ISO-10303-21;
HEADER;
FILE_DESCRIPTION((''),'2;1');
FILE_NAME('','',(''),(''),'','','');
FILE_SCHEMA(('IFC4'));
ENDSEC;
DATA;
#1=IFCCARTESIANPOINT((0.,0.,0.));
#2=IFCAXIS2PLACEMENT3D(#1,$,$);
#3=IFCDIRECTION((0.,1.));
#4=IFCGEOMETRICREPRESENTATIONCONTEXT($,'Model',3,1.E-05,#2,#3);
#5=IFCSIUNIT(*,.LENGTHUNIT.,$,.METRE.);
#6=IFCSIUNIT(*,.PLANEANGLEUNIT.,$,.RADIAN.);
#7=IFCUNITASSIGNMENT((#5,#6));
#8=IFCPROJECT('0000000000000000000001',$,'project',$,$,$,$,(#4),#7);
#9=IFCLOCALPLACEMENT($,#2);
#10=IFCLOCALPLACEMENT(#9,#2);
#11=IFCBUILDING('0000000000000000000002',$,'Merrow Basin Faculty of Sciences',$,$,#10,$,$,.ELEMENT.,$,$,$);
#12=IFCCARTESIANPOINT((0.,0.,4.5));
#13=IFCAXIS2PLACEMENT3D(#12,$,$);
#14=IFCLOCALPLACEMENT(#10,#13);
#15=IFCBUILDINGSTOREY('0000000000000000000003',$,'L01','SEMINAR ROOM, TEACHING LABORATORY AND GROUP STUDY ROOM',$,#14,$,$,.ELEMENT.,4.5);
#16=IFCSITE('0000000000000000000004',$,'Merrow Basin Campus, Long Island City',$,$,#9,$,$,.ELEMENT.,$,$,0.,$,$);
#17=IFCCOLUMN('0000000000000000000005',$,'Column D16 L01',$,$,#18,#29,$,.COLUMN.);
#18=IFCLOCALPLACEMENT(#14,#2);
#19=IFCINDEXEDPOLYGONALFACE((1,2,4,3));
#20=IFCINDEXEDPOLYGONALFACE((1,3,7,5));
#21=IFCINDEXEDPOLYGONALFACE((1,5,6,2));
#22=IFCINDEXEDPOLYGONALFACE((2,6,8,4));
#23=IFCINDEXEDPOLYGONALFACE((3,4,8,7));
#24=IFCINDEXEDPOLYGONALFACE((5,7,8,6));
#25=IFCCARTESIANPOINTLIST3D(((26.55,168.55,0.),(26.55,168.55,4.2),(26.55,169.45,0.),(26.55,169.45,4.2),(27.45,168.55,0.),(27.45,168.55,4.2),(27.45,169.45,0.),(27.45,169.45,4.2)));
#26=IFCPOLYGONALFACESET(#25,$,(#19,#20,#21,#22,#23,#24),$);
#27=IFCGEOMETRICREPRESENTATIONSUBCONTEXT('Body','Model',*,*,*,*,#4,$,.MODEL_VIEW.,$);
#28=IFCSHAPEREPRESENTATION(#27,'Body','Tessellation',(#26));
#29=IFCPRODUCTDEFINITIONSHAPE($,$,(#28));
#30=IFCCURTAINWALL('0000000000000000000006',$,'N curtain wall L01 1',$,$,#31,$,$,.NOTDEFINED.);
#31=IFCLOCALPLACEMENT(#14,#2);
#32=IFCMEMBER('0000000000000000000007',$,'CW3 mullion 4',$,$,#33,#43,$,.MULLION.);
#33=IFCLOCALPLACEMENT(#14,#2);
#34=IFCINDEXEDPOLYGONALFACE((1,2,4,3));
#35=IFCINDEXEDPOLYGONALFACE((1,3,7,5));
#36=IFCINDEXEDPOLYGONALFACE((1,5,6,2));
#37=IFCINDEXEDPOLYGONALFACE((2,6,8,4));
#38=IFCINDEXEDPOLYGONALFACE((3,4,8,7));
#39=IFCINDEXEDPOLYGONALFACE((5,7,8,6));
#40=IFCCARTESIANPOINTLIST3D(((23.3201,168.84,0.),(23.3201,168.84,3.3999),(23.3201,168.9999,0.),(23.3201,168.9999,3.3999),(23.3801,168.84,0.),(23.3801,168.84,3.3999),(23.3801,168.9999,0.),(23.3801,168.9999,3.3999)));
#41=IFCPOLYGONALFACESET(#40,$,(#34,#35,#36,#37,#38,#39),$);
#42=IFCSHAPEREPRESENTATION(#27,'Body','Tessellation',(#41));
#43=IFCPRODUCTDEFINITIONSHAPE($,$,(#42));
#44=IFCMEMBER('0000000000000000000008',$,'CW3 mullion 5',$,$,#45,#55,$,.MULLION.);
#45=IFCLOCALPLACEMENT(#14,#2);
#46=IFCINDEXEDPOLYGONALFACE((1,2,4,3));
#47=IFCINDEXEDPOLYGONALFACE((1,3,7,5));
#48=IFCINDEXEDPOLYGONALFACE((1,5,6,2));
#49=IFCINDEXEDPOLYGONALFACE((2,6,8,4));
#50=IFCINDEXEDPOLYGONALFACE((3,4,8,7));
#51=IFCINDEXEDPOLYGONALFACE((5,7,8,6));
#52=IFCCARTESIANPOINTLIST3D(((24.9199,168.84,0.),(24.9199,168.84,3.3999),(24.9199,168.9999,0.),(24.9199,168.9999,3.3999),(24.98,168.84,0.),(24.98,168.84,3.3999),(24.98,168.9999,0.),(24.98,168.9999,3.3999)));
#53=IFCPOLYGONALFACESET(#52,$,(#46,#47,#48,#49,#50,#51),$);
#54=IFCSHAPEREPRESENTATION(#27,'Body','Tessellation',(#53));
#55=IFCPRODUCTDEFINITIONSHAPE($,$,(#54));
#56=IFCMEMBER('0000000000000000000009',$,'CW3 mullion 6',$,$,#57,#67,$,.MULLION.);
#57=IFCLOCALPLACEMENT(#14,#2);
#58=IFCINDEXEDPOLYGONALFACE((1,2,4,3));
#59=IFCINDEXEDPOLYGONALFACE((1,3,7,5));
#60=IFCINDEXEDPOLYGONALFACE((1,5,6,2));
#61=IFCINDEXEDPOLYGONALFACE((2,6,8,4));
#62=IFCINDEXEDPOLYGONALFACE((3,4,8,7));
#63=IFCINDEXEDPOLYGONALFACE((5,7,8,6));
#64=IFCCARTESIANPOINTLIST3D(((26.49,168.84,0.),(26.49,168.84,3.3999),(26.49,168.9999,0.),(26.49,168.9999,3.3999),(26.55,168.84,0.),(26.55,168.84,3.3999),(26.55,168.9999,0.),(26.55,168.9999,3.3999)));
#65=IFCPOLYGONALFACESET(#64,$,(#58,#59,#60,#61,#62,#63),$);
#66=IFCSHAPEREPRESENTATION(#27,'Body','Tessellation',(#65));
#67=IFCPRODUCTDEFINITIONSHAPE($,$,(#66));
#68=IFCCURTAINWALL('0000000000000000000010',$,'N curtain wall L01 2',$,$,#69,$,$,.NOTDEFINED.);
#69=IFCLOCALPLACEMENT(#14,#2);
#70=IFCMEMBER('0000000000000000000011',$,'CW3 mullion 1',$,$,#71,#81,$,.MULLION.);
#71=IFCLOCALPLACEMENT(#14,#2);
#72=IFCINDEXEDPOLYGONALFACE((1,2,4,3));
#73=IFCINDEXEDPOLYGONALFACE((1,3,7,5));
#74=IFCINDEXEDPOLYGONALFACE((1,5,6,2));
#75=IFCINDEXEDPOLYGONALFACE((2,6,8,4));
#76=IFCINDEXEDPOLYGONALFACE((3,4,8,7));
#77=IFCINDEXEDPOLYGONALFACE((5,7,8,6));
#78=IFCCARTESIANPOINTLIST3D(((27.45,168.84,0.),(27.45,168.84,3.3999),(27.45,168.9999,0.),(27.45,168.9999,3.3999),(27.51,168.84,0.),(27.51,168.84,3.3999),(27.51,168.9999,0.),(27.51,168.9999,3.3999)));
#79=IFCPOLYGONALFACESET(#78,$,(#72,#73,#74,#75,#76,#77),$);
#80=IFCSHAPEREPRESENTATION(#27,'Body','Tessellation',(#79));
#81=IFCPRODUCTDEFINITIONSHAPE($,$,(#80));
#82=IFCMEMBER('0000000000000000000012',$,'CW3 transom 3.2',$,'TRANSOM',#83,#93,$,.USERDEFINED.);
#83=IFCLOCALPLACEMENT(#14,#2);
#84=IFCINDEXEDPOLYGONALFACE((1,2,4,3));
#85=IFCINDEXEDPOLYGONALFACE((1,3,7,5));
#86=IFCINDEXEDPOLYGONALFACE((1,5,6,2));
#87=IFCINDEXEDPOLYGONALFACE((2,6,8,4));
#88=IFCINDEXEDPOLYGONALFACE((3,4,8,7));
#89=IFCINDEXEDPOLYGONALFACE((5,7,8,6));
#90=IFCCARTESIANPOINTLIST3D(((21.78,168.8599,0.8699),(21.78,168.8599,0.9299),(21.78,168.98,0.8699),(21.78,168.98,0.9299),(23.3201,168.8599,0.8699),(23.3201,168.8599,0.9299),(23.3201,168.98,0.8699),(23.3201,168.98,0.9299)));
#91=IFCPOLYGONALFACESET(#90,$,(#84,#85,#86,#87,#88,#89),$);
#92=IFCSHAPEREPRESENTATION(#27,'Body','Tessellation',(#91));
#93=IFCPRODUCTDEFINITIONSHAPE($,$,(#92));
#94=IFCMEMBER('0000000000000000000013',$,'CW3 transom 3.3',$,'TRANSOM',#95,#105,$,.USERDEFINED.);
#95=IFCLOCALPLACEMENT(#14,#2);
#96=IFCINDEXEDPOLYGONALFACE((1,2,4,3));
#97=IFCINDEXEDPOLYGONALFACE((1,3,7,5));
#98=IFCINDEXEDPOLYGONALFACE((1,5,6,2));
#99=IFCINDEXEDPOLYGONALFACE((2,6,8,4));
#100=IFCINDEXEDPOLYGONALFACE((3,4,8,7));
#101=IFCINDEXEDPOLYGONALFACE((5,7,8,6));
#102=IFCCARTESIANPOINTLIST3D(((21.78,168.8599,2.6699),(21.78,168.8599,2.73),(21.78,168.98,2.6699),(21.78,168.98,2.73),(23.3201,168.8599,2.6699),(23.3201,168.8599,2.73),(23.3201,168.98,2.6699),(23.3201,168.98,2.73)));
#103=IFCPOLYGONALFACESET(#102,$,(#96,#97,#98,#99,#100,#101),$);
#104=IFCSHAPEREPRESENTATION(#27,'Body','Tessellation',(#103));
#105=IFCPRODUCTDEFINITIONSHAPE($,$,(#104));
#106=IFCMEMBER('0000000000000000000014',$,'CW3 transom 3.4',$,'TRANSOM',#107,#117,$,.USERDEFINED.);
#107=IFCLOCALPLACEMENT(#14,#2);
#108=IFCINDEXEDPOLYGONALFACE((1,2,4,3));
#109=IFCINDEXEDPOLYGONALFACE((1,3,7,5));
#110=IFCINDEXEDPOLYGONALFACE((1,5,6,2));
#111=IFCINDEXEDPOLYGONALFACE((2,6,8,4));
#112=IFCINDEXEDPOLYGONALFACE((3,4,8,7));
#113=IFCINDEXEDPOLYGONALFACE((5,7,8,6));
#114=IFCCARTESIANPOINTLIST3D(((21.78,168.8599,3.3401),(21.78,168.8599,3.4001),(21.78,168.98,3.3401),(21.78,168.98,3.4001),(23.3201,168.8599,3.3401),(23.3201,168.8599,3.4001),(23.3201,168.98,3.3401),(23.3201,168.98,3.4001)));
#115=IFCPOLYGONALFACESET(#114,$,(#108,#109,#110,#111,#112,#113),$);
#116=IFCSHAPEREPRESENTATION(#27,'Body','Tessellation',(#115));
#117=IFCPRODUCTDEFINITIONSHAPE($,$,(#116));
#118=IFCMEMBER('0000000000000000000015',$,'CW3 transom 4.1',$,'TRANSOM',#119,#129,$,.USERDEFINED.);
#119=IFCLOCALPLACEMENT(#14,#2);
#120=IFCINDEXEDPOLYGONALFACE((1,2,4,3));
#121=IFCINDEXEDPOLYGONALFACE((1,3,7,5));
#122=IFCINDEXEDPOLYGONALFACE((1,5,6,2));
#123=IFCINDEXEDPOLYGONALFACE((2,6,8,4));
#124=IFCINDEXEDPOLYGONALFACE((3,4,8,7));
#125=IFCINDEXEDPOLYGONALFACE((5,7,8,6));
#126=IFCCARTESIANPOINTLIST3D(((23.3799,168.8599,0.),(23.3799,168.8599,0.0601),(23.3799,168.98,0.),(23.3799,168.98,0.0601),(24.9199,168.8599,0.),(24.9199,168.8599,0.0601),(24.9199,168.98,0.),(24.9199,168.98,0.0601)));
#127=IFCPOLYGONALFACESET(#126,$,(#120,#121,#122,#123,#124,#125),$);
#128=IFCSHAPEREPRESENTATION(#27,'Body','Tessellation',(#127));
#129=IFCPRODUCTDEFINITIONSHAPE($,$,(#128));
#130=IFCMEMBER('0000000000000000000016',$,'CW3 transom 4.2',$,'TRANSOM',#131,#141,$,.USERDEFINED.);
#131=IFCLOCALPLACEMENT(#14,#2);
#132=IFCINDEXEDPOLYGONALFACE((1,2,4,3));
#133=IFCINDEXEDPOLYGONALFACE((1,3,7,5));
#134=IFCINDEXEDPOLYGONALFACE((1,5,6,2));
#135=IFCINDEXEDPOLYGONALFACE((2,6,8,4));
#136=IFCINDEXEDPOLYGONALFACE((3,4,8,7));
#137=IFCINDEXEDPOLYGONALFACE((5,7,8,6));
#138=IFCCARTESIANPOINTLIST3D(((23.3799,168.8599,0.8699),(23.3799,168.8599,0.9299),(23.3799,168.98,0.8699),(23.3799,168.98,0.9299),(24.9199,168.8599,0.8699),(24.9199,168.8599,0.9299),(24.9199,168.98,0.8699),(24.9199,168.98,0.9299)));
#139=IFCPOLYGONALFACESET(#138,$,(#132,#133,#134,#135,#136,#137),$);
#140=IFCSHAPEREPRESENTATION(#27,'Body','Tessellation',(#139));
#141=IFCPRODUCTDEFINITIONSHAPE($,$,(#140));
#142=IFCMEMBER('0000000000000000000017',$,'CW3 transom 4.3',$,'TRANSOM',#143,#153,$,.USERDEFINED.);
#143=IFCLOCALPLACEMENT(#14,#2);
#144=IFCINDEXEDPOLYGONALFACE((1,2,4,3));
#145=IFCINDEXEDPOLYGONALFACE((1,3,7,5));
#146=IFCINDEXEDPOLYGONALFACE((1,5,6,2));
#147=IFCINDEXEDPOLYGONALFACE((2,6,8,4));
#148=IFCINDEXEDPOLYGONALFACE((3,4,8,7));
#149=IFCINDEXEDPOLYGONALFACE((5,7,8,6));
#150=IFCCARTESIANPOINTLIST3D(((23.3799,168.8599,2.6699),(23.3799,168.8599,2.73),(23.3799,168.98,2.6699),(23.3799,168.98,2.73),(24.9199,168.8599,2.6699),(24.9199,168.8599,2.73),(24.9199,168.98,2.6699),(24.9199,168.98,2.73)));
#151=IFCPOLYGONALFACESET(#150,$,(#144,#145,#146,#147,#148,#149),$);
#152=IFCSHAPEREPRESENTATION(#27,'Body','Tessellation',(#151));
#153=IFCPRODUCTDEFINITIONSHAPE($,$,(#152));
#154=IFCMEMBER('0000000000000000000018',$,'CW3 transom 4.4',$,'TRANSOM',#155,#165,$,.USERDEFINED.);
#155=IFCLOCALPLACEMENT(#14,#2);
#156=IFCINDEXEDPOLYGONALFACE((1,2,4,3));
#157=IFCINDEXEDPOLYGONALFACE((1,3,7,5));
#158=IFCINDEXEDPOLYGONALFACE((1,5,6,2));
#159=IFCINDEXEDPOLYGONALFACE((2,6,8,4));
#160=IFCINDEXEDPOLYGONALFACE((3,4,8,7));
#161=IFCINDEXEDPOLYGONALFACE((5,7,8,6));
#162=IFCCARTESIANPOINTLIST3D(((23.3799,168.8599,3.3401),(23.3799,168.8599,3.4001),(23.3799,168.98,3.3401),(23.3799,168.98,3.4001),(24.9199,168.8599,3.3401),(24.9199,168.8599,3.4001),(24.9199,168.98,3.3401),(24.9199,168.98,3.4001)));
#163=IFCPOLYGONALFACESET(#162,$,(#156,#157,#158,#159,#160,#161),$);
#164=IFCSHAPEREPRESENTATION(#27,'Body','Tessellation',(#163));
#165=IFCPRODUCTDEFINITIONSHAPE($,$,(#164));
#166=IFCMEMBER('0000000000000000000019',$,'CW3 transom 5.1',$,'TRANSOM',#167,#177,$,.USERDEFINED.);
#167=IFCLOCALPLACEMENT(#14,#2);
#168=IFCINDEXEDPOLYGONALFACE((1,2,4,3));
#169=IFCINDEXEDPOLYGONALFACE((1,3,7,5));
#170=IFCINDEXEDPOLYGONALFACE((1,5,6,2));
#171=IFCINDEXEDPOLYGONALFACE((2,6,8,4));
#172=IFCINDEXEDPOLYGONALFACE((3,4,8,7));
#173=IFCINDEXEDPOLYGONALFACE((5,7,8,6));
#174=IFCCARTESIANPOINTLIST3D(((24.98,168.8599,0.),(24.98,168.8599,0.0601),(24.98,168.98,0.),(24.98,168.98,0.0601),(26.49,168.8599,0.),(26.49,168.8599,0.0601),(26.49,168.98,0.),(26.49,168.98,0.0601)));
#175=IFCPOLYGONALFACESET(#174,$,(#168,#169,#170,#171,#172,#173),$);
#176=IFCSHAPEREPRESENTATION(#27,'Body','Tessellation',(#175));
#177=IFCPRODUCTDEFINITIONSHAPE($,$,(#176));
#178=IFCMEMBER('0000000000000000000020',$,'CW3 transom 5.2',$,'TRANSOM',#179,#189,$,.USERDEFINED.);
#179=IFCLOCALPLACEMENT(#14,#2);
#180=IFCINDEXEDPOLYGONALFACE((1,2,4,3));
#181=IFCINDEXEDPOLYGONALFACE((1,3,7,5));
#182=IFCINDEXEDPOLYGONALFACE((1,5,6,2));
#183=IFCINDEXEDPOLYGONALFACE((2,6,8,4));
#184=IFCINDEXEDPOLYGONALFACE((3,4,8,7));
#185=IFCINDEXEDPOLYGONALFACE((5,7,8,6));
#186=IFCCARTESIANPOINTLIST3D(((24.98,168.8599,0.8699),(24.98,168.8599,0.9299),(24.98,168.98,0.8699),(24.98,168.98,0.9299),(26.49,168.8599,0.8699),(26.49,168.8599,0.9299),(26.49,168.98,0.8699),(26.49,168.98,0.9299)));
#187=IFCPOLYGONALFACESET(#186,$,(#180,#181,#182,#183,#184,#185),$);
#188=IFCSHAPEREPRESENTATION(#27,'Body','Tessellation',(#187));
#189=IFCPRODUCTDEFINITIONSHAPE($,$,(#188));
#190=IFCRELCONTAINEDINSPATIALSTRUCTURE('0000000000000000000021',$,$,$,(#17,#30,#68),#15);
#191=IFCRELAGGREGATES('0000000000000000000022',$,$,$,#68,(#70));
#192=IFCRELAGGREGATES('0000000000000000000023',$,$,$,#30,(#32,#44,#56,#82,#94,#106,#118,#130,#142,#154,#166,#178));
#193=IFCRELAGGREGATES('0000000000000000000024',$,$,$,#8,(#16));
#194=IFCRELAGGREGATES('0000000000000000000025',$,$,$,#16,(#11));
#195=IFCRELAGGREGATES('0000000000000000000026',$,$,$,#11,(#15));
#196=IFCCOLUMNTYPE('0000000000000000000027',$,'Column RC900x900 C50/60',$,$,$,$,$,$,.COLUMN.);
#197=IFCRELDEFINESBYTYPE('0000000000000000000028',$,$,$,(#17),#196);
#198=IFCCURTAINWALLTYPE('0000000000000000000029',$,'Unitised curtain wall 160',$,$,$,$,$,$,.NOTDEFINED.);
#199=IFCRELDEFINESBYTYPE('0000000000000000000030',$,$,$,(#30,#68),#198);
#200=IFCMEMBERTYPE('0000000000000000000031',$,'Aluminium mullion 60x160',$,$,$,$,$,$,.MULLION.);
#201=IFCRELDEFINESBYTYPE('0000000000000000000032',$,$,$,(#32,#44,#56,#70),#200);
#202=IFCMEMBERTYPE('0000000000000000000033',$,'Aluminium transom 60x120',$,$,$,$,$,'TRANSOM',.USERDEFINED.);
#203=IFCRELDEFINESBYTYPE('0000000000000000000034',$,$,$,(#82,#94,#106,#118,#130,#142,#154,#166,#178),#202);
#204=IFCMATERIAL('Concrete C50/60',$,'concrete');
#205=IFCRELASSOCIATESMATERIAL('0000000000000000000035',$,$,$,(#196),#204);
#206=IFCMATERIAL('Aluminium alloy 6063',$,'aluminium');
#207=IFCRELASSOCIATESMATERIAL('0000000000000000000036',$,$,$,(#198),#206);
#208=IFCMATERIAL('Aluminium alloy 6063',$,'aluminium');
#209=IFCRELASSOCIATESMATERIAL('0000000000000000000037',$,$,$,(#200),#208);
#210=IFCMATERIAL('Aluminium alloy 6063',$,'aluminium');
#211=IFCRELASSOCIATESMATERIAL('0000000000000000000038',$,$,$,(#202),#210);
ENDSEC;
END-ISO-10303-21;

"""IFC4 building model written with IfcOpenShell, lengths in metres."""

from ifc_helpers import new_model, si_unit, direction, frame, origin, origin_2d, place, context, subcontext, project, spatial, rectangle, extrude, material, material_profile, profile_set, type_object, element, aggregate, save


model = new_model("IFC4")

# Units and contexts
model_context = context("Model", 3, precision=1e-05, world=origin(), true_north=direction((0.0, 1.0)))
body_context = subcontext(model_context, "Body", "Model", "MODEL_VIEW")
ifc_project = project(units=[si_unit("LENGTHUNIT", "METRE"), si_unit("PLANEANGLEUNIT", "RADIAN")], contexts=[model_context])

# Site, building, storey
site_placement = place(None, origin())
site = spatial("IfcSite", under=ifc_project, at=site_placement, Name="Merrow Basin Campus, Long Island City", CompositionType="ELEMENT", RefElevation=0.0)
building_placement = place(site_placement, origin())
building = spatial("IfcBuilding", under=site, at=building_placement, Name="Merrow Basin Faculty of Sciences", CompositionType="ELEMENT")
storey_placement = place(building_placement, frame((0.0, 0.0, 4.5)))
storey = spatial("IfcBuildingStorey", under=building, at=storey_placement, Name="L01", Description="SEMINAR ROOM, TEACHING LABORATORY AND GROUP STUDY ROOM", CompositionType="ELEMENT", Elevation=4.5)

# Column
ifc_material_1 = material(Name="Concrete C50/60", Category="concrete")
ifc_material_profile_1 = material_profile(ifc_material_1, rectangle(XDim=0.8999, YDim=0.8999, at=origin_2d()))
ifc_profile_set_1 = profile_set([ifc_material_profile_1], Name="Concrete C50/60")
column_type = type_object("IfcColumnType", Name="Column RC900x900 C50/60", PredefinedType="COLUMN", material=ifc_profile_set_1)
column_placement = place(storey_placement, frame((27.0, 169.0, 0.0), z_axis=(0.0, 0.0, 1.0), x_axis=(1.0, 0.0, 0.0)))
element("IfcColumn", 1, at=column_placement, inside=storey, type_object=column_type, Name="Column D16 L01", PredefinedType="COLUMN", context=body_context, shape_type="SweptSolid", body=[
    extrude(rectangle(XDim=0.8999, YDim=0.8999, at=origin_2d()), origin(), (0.0, 0.0, 1.0), 4.2),
])

# Curtain wall, members
ifc_material_2 = material(Name="Aluminium alloy 6063", Category="aluminium")
curtain_wall_type = type_object("IfcCurtainWallType", Name="Unitised curtain wall 160", PredefinedType="NOTDEFINED", material=ifc_material_2)
curtain_wall_1_placement = place(storey_placement, origin())
curtain_wall_1 = element("IfcCurtainWall", 2, at=curtain_wall_1_placement, inside=storey, type_object=curtain_wall_type, Name="N curtain wall L01 1", PredefinedType="NOTDEFINED")
ifc_material_3 = material(Name="Aluminium alloy 6063", Category="aluminium")
ifc_material_profile_2 = material_profile(ifc_material_3, rectangle(XDim=0.1599, YDim=0.0601, at=origin_2d()))
ifc_profile_set_2 = profile_set([ifc_material_profile_2], Name="Aluminium alloy 6063")
member_type_1 = type_object("IfcMemberType", Name="Aluminium mullion 60x160", PredefinedType="MULLION", material=ifc_profile_set_2)
member_1_placement = place(storey_placement, frame((23.3501, 168.9199, 0.0), z_axis=(0.0, 0.0, 1.0), x_axis=(0.0, 1.0, 0.0)))
member_1 = element("IfcMember", 3, at=member_1_placement, type_object=member_type_1, Name="CW3 mullion 4", PredefinedType="MULLION", context=body_context, shape_type="SweptSolid", body=[
    extrude(rectangle(XDim=0.1599, YDim=0.0601, at=origin_2d()), origin(), (0.0, 0.0, 1.0), 3.3999),
])
member_2_placement = place(storey_placement, frame((24.95, 168.9199, 0.0), z_axis=(0.0, 0.0, 1.0), x_axis=(0.0, 1.0, 0.0)))
member_2 = element("IfcMember", 4, at=member_2_placement, type_object=member_type_1, Name="CW3 mullion 5", PredefinedType="MULLION", context=body_context, shape_type="SweptSolid", body=[
    extrude(rectangle(XDim=0.1599, YDim=0.0601, at=origin_2d()), origin(), (0.0, 0.0, 1.0), 3.3999),
])
member_3_placement = place(storey_placement, frame((26.52, 168.9199, 0.0), z_axis=(0.0, 0.0, 1.0), x_axis=(0.0, 1.0, 0.0)))
member_3 = element("IfcMember", 5, at=member_3_placement, type_object=member_type_1, Name="CW3 mullion 6", PredefinedType="MULLION", context=body_context, shape_type="SweptSolid", body=[
    extrude(rectangle(XDim=0.1599, YDim=0.0601, at=origin_2d()), origin(), (0.0, 0.0, 1.0), 3.3999),
])

# Curtain wall, member
curtain_wall_2_placement = place(storey_placement, origin())
curtain_wall_2 = element("IfcCurtainWall", 6, at=curtain_wall_2_placement, inside=storey, type_object=curtain_wall_type, Name="N curtain wall L01 2", PredefinedType="NOTDEFINED")
member_4_placement = place(storey_placement, frame((27.48, 168.9199, 0.0), z_axis=(0.0, 0.0, 1.0), x_axis=(0.0, 1.0, 0.0)))
member_4 = element("IfcMember", 7, at=member_4_placement, type_object=member_type_1, Name="CW3 mullion 1", PredefinedType="MULLION", context=body_context, shape_type="SweptSolid", body=[
    extrude(rectangle(XDim=0.1599, YDim=0.0601, at=origin_2d()), origin(), (0.0, 0.0, 1.0), 3.3999),
])

# Members
ifc_material_4 = material(Name="Aluminium alloy 6063", Category="aluminium")
ifc_material_profile_3 = material_profile(ifc_material_4, rectangle(XDim=0.1201, YDim=0.0601, at=origin_2d()))
ifc_profile_set_3 = profile_set([ifc_material_profile_3], Name="Aluminium alloy 6063")
member_type_2 = type_object("IfcMemberType", Name="Aluminium transom 60x120", ElementType="TRANSOM", PredefinedType="USERDEFINED", material=ifc_profile_set_3)
member_5_placement = place(storey_placement, frame((21.78, 168.9199, 0.8999), z_axis=(1.0, 0.0, 0.0), x_axis=(0.0, 1.0, 0.0)))
member_5 = element("IfcMember", 8, at=member_5_placement, type_object=member_type_2, Name="CW3 transom 3.2", ObjectType="TRANSOM", PredefinedType="USERDEFINED", context=body_context, shape_type="SweptSolid", body=[
    extrude(rectangle(XDim=0.1201, YDim=0.0601, at=origin_2d()), origin(), (0.0, 0.0, 1.0), 1.54),
])
member_6_placement = place(storey_placement, frame((21.78, 168.9199, 2.7), z_axis=(1.0, 0.0, 0.0), x_axis=(0.0, 1.0, 0.0)))
member_6 = element("IfcMember", 9, at=member_6_placement, type_object=member_type_2, Name="CW3 transom 3.3", ObjectType="TRANSOM", PredefinedType="USERDEFINED", context=body_context, shape_type="SweptSolid", body=[
    extrude(rectangle(XDim=0.1201, YDim=0.0601, at=origin_2d()), origin(), (0.0, 0.0, 1.0), 1.54),
])
member_7_placement = place(storey_placement, frame((21.78, 168.9199, 3.3701), z_axis=(1.0, 0.0, 0.0), x_axis=(0.0, 1.0, 0.0)))
member_7 = element("IfcMember", 10, at=member_7_placement, type_object=member_type_2, Name="CW3 transom 3.4", ObjectType="TRANSOM", PredefinedType="USERDEFINED", context=body_context, shape_type="SweptSolid", body=[
    extrude(rectangle(XDim=0.1201, YDim=0.0601, at=origin_2d()), origin(), (0.0, 0.0, 1.0), 1.54),
])
member_8_placement = place(storey_placement, frame((23.3799, 168.9199, 0.03), z_axis=(1.0, 0.0, 0.0), x_axis=(0.0, 1.0, 0.0)))
member_8 = element("IfcMember", 11, at=member_8_placement, type_object=member_type_2, Name="CW3 transom 4.1", ObjectType="TRANSOM", PredefinedType="USERDEFINED", context=body_context, shape_type="SweptSolid", body=[
    extrude(rectangle(XDim=0.1201, YDim=0.0601, at=origin_2d()), origin(), (0.0, 0.0, 1.0), 1.54),
])
member_9_placement = place(storey_placement, frame((23.3799, 168.9199, 0.8999), z_axis=(1.0, 0.0, 0.0), x_axis=(0.0, 1.0, 0.0)))
member_9 = element("IfcMember", 12, at=member_9_placement, type_object=member_type_2, Name="CW3 transom 4.2", ObjectType="TRANSOM", PredefinedType="USERDEFINED", context=body_context, shape_type="SweptSolid", body=[
    extrude(rectangle(XDim=0.1201, YDim=0.0601, at=origin_2d()), origin(), (0.0, 0.0, 1.0), 1.54),
])
member_10_placement = place(storey_placement, frame((23.3799, 168.9199, 2.7), z_axis=(1.0, 0.0, 0.0), x_axis=(0.0, 1.0, 0.0)))
member_10 = element("IfcMember", 13, at=member_10_placement, type_object=member_type_2, Name="CW3 transom 4.3", ObjectType="TRANSOM", PredefinedType="USERDEFINED", context=body_context, shape_type="SweptSolid", body=[
    extrude(rectangle(XDim=0.1201, YDim=0.0601, at=origin_2d()), origin(), (0.0, 0.0, 1.0), 1.54),
])
member_11_placement = place(storey_placement, frame((23.3799, 168.9199, 3.3701), z_axis=(1.0, 0.0, 0.0), x_axis=(0.0, 1.0, 0.0)))
member_11 = element("IfcMember", 14, at=member_11_placement, type_object=member_type_2, Name="CW3 transom 4.4", ObjectType="TRANSOM", PredefinedType="USERDEFINED", context=body_context, shape_type="SweptSolid", body=[
    extrude(rectangle(XDim=0.1201, YDim=0.0601, at=origin_2d()), origin(), (0.0, 0.0, 1.0), 1.54),
])
member_12_placement = place(storey_placement, frame((24.98, 168.9199, 0.03), z_axis=(1.0, 0.0, 0.0), x_axis=(0.0, 1.0, 0.0)))
member_12 = element("IfcMember", 15, at=member_12_placement, type_object=member_type_2, Name="CW3 transom 5.1", ObjectType="TRANSOM", PredefinedType="USERDEFINED", context=body_context, shape_type="SweptSolid", body=[
    extrude(rectangle(XDim=0.1201, YDim=0.0601, at=origin_2d()), origin(), (0.0, 0.0, 1.0), 1.51),
])
member_13_placement = place(storey_placement, frame((24.98, 168.9199, 0.8999), z_axis=(1.0, 0.0, 0.0), x_axis=(0.0, 1.0, 0.0)))
member_13 = element("IfcMember", 16, at=member_13_placement, type_object=member_type_2, Name="CW3 transom 5.2", ObjectType="TRANSOM", PredefinedType="USERDEFINED", context=body_context, shape_type="SweptSolid", body=[
    extrude(rectangle(XDim=0.1201, YDim=0.0601, at=origin_2d()), origin(), (0.0, 0.0, 1.0), 1.51),
])
aggregate(curtain_wall_2, [member_4])

aggregate(curtain_wall_1, [member_1, member_2, member_3, member_5, member_6, member_7, member_8, member_9, member_10, member_11, member_12, member_13])

save(model, "model.ifc")
